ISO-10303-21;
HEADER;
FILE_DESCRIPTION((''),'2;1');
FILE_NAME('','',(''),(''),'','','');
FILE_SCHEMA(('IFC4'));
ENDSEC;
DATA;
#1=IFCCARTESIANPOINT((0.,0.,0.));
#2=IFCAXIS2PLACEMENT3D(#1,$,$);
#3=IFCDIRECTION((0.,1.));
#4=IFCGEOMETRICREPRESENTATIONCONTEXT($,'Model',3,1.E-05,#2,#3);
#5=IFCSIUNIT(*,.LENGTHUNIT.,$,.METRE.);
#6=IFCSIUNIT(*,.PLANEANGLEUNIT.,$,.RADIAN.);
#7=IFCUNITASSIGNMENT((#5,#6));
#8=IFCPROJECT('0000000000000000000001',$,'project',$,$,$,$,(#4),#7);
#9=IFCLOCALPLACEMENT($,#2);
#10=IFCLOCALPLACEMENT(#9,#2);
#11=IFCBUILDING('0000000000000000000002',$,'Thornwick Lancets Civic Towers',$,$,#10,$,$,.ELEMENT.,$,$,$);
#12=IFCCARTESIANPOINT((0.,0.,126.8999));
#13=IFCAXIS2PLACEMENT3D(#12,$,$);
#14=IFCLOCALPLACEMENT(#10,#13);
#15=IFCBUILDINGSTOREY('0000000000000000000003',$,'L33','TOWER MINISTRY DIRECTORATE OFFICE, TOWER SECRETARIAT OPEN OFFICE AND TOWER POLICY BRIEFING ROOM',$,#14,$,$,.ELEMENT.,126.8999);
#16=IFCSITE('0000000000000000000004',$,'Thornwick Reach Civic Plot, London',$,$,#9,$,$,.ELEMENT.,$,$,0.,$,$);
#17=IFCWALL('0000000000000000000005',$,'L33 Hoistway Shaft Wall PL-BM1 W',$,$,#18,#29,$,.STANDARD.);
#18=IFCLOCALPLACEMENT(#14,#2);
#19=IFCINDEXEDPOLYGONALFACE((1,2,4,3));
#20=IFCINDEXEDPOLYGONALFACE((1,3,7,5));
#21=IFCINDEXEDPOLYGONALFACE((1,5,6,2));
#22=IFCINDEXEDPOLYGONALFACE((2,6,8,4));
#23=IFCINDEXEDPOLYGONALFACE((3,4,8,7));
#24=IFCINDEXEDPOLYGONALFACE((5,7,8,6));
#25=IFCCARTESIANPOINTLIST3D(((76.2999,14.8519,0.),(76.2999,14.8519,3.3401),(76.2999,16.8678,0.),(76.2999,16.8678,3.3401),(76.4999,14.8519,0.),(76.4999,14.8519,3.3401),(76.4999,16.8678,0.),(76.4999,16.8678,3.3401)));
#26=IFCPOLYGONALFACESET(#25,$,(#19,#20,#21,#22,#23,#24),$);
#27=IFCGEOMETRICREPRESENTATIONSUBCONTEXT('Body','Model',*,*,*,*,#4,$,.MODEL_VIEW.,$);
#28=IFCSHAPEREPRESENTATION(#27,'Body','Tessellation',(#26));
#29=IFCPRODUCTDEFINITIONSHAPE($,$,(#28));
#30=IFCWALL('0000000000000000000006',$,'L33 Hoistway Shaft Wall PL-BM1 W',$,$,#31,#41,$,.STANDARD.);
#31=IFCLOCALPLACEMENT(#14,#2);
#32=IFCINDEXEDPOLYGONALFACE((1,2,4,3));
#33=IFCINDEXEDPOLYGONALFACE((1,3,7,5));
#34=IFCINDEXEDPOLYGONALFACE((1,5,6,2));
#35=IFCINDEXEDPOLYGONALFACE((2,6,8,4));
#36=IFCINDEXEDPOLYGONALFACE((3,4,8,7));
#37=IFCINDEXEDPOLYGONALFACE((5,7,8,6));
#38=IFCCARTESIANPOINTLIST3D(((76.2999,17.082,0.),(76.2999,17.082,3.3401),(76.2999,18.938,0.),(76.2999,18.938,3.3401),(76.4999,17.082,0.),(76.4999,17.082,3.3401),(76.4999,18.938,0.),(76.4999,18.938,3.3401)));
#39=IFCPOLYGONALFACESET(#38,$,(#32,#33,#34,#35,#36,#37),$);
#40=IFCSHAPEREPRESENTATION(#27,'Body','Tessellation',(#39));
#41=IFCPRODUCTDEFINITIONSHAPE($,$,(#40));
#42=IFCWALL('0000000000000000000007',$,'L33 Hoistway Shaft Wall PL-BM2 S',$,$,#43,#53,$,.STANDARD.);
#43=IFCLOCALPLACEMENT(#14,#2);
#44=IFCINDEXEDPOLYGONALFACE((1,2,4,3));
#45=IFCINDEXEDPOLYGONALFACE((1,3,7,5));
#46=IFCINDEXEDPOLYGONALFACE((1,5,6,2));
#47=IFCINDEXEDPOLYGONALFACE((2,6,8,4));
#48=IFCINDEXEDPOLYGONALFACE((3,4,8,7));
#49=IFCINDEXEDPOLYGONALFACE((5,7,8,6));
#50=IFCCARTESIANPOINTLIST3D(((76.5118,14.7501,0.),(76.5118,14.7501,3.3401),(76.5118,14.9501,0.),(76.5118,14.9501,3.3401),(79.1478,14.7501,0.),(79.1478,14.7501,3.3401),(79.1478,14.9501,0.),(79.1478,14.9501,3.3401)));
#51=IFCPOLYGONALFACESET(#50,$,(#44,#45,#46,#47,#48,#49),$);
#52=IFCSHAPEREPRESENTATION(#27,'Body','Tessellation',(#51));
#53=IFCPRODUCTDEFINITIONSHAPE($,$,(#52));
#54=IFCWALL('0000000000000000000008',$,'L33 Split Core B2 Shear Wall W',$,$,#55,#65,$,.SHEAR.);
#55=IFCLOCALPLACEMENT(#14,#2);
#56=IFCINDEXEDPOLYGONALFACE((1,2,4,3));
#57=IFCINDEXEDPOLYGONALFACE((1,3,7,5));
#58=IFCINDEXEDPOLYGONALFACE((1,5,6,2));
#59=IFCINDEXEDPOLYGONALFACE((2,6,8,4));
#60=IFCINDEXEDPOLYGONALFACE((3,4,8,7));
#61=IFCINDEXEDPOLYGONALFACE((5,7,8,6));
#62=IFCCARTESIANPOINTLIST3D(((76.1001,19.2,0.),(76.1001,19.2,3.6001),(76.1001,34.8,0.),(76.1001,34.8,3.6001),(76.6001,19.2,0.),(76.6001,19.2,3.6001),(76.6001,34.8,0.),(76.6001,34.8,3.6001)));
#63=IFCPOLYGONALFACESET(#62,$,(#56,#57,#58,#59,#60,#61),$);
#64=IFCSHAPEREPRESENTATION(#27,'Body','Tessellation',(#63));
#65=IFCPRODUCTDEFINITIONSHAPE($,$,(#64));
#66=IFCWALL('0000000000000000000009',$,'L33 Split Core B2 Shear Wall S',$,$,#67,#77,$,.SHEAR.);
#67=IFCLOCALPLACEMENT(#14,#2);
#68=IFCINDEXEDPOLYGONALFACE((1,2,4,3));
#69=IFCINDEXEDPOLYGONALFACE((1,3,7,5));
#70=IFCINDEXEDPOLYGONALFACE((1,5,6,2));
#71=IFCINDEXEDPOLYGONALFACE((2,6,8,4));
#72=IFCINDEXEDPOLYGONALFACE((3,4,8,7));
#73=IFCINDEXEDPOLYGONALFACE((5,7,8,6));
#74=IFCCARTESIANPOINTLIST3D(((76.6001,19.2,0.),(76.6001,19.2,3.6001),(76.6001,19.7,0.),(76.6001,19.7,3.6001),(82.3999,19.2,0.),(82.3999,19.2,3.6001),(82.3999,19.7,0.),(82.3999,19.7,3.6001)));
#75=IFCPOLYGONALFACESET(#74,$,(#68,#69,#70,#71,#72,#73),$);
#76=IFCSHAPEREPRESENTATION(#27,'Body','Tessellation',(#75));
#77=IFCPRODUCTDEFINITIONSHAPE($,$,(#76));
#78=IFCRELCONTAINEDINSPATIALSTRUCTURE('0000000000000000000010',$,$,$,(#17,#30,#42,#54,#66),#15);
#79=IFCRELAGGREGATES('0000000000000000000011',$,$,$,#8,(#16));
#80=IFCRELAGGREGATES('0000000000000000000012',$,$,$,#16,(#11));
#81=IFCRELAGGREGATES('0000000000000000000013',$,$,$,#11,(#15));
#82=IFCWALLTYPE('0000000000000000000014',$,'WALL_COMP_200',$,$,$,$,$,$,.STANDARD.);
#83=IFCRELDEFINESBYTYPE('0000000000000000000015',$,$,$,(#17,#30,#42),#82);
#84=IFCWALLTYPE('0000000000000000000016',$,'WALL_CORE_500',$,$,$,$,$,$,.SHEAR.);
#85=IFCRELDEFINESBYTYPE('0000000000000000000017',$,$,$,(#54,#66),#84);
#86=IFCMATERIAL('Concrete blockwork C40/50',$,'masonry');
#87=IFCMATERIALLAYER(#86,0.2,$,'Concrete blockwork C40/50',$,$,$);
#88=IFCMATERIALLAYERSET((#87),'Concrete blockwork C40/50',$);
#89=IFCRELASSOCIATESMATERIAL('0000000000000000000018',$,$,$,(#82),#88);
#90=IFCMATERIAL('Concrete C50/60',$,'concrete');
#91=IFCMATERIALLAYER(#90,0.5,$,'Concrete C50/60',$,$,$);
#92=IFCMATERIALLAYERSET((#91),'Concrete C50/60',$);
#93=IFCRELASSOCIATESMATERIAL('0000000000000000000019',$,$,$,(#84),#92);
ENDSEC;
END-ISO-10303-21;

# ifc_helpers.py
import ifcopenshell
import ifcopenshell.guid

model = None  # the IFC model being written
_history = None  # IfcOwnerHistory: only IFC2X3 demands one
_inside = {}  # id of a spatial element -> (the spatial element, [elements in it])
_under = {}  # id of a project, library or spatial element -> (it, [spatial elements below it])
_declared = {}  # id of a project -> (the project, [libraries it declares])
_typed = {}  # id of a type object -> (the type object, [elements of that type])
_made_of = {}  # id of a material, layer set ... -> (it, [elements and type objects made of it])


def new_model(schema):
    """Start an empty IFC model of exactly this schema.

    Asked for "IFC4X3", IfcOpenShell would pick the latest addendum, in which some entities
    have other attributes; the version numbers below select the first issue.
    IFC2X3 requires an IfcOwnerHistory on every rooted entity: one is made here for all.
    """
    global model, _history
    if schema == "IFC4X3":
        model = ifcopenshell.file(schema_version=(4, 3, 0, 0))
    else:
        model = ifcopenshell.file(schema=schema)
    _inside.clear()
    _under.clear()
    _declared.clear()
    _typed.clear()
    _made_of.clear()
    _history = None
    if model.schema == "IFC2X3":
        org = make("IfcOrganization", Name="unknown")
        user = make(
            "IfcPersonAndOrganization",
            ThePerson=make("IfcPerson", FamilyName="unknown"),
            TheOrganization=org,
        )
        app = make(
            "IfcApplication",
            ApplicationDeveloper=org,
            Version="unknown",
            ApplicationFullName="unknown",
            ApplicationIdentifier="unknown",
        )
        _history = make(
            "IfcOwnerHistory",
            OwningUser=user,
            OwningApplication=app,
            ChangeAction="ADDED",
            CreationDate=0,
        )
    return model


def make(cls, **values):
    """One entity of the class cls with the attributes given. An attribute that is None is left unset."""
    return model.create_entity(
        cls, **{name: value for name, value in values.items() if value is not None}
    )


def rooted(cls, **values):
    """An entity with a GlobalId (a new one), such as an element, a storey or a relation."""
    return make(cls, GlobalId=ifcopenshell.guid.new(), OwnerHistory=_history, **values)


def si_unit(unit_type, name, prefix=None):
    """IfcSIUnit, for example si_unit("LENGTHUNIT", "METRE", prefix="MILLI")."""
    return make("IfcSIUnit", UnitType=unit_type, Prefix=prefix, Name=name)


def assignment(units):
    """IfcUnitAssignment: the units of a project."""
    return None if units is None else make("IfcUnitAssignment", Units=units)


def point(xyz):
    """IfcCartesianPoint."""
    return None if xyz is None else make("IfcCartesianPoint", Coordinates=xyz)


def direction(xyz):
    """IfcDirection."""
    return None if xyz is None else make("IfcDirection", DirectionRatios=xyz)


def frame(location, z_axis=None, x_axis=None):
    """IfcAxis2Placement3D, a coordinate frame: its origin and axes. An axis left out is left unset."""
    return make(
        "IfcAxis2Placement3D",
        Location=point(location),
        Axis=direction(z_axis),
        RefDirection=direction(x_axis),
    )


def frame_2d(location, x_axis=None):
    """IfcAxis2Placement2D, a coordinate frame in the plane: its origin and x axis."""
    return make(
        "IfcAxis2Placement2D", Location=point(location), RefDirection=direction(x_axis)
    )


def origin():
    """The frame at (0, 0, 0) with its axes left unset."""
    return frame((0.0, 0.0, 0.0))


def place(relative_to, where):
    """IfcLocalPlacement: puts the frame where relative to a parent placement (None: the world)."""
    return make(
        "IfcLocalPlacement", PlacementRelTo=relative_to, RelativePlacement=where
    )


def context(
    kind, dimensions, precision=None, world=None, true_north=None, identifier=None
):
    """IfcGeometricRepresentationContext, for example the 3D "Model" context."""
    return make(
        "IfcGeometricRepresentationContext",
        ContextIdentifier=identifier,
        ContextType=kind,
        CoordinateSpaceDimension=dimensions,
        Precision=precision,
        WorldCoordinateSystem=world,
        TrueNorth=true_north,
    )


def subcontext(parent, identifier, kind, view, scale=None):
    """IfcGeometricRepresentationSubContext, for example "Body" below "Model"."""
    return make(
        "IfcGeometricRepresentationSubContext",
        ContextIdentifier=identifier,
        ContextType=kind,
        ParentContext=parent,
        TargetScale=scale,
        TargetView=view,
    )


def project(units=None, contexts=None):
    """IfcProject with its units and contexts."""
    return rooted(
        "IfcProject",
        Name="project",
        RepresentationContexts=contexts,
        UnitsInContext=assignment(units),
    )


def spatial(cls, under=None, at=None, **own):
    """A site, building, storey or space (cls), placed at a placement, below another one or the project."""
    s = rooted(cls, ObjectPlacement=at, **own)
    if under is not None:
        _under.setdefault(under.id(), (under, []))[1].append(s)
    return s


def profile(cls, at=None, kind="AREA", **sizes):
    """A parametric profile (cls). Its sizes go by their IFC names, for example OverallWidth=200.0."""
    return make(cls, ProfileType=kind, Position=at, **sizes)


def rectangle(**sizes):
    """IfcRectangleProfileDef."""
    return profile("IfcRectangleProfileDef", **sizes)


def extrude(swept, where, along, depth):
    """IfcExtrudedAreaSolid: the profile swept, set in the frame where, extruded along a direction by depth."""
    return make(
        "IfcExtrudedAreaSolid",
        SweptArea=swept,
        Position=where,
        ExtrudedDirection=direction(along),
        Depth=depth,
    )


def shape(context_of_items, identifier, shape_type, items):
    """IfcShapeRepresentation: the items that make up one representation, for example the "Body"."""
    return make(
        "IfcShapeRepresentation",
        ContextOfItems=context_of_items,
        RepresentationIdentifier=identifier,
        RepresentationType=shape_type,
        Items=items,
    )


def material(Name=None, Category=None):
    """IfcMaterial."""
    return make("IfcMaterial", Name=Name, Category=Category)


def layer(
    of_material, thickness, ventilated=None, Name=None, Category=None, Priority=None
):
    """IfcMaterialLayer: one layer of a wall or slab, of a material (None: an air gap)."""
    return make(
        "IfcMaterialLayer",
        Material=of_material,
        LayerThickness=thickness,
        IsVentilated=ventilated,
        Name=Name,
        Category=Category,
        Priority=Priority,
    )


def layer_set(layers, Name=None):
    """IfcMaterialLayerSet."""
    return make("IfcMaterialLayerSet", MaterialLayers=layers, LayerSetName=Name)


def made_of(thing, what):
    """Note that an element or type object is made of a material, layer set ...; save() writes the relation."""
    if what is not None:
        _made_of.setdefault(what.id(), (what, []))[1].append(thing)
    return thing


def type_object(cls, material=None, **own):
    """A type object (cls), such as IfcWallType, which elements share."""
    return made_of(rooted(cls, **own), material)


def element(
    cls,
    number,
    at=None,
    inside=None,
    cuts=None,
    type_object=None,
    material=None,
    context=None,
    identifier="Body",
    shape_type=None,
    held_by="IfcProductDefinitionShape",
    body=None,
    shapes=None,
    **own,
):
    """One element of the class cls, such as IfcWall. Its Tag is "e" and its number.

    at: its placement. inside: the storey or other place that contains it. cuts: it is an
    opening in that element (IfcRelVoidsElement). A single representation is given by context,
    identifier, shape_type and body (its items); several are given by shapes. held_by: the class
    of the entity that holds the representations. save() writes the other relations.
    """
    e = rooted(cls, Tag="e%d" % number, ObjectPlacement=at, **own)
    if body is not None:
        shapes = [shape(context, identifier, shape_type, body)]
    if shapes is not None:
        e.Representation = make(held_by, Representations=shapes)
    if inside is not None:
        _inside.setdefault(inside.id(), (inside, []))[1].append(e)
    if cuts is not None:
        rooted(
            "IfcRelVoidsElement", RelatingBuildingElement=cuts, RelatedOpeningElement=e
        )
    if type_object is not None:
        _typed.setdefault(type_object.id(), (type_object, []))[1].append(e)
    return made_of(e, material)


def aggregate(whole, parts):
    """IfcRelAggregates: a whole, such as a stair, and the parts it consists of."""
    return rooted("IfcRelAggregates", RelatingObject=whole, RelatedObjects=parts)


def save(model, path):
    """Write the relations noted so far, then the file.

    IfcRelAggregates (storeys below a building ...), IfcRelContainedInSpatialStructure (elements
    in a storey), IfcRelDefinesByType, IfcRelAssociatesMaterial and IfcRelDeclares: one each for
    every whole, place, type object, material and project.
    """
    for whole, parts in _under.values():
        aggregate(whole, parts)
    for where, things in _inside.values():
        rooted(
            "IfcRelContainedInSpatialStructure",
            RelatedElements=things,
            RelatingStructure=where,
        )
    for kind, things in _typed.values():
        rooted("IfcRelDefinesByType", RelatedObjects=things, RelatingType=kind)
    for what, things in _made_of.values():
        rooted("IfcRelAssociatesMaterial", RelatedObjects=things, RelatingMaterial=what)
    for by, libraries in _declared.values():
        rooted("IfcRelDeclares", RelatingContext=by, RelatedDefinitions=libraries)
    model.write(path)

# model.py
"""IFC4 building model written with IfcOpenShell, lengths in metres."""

from ifc_helpers import new_model, si_unit, direction, frame, frame_2d, origin, place, context, subcontext, project, spatial, rectangle, extrude, material, layer, layer_set, type_object, element, save


model = new_model("IFC4")

# Units and contexts
model_context = context("Model", 3, precision=1e-05, world=origin(), true_north=direction((0.0, 1.0)))
body_context = subcontext(model_context, "Body", "Model", "MODEL_VIEW")
ifc_project = project(units=[si_unit("LENGTHUNIT", "METRE"), si_unit("PLANEANGLEUNIT", "RADIAN")], contexts=[model_context])

# Site, building, storey
site_placement = place(None, origin())
site = spatial("IfcSite", under=ifc_project, at=site_placement, Name="Thornwick Reach Civic Plot, London", CompositionType="ELEMENT", RefElevation=0.0)
building_placement = place(site_placement, origin())
building = spatial("IfcBuilding", under=site, at=building_placement, Name="Thornwick Lancets Civic Towers", CompositionType="ELEMENT")
storey_placement = place(building_placement, frame((0.0, 0.0, 126.8999)))
storey = spatial("IfcBuildingStorey", under=building, at=storey_placement, Name="L33", Description="TOWER MINISTRY DIRECTORATE OFFICE, TOWER SECRETARIAT OPEN OFFICE AND TOWER POLICY BRIEFING ROOM", CompositionType="ELEMENT", Elevation=126.8999)

# Walls
ifc_material_1 = material(Name="Concrete blockwork C40/50", Category="masonry")
ifc_layer_1 = layer(ifc_material_1, 0.2, Name="Concrete blockwork C40/50")
ifc_layer_set_1 = layer_set([ifc_layer_1], Name="Concrete blockwork C40/50")
wall_type_1 = type_object("IfcWallType", Name="WALL_COMP_200", PredefinedType="STANDARD", material=ifc_layer_set_1)
wall_1_placement = place(storey_placement, frame((76.3999, 14.8521, 0.0), z_axis=(0.0, 0.0, 1.0), x_axis=(0.0, 1.0, 0.0)))
element("IfcWall", 1, at=wall_1_placement, inside=storey, type_object=wall_type_1, Name="L33 Hoistway Shaft Wall PL-BM1 W", PredefinedType="STANDARD", context=body_context, shape_type="SweptSolid", body=[
    extrude(rectangle(XDim=2.0159, YDim=0.2, at=frame_2d((1.0078, 0.0))), origin(), (0.0, 0.0, 1.0), 3.3401),
])
wall_2_placement = place(storey_placement, frame((76.3999, 17.082, 0.0), z_axis=(0.0, 0.0, 1.0), x_axis=(0.0, 1.0, 0.0)))
element("IfcWall", 2, at=wall_2_placement, inside=storey, type_object=wall_type_1, Name="L33 Hoistway Shaft Wall PL-BM1 W", PredefinedType="STANDARD", context=body_context, shape_type="SweptSolid", body=[
    extrude(rectangle(XDim=1.856, YDim=0.2, at=frame_2d((0.928, 0.0))), origin(), (0.0, 0.0, 1.0), 3.3401),
])
wall_3_placement = place(storey_placement, frame((76.512, 14.8501, 0.0), z_axis=(0.0, 0.0, 1.0), x_axis=(1.0, 0.0, 0.0)))
element("IfcWall", 3, at=wall_3_placement, inside=storey, type_object=wall_type_1, Name="L33 Hoistway Shaft Wall PL-BM2 S", PredefinedType="STANDARD", context=body_context, shape_type="SweptSolid", body=[
    extrude(rectangle(XDim=2.636, YDim=0.2, at=frame_2d((1.3179, 0.0))), origin(), (0.0, 0.0, 1.0), 3.3401),
])
ifc_material_2 = material(Name="Concrete C50/60", Category="concrete")
ifc_layer_2 = layer(ifc_material_2, 0.5, Name="Concrete C50/60")
ifc_layer_set_2 = layer_set([ifc_layer_2], Name="Concrete C50/60")
wall_type_2 = type_object("IfcWallType", Name="WALL_CORE_500", PredefinedType="SHEAR", material=ifc_layer_set_2)
wall_4_placement = place(storey_placement, frame((76.3501, 19.2, 0.0), z_axis=(0.0, 0.0, 1.0), x_axis=(0.0, 1.0, 0.0)))
element("IfcWall", 4, at=wall_4_placement, inside=storey, type_object=wall_type_2, Name="L33 Split Core B2 Shear Wall W", PredefinedType="SHEAR", context=body_context, shape_type="SweptSolid", body=[
    extrude(rectangle(XDim=15.6001, YDim=0.5, at=frame_2d((7.8, 0.0))), origin(), (0.0, 0.0, 1.0), 3.6001),
])
wall_5_placement = place(storey_placement, frame((76.6001, 19.45, 0.0), z_axis=(0.0, 0.0, 1.0), x_axis=(1.0, 0.0, 0.0)))
element("IfcWall", 5, at=wall_5_placement, inside=storey, type_object=wall_type_2, Name="L33 Split Core B2 Shear Wall S", PredefinedType="SHEAR", context=body_context, shape_type="SweptSolid", body=[
    extrude(rectangle(XDim=5.7998, YDim=0.5, at=frame_2d((2.8999, 0.0))), origin(), (0.0, 0.0, 1.0), 3.6001),
])

save(model, "model.ifc")
